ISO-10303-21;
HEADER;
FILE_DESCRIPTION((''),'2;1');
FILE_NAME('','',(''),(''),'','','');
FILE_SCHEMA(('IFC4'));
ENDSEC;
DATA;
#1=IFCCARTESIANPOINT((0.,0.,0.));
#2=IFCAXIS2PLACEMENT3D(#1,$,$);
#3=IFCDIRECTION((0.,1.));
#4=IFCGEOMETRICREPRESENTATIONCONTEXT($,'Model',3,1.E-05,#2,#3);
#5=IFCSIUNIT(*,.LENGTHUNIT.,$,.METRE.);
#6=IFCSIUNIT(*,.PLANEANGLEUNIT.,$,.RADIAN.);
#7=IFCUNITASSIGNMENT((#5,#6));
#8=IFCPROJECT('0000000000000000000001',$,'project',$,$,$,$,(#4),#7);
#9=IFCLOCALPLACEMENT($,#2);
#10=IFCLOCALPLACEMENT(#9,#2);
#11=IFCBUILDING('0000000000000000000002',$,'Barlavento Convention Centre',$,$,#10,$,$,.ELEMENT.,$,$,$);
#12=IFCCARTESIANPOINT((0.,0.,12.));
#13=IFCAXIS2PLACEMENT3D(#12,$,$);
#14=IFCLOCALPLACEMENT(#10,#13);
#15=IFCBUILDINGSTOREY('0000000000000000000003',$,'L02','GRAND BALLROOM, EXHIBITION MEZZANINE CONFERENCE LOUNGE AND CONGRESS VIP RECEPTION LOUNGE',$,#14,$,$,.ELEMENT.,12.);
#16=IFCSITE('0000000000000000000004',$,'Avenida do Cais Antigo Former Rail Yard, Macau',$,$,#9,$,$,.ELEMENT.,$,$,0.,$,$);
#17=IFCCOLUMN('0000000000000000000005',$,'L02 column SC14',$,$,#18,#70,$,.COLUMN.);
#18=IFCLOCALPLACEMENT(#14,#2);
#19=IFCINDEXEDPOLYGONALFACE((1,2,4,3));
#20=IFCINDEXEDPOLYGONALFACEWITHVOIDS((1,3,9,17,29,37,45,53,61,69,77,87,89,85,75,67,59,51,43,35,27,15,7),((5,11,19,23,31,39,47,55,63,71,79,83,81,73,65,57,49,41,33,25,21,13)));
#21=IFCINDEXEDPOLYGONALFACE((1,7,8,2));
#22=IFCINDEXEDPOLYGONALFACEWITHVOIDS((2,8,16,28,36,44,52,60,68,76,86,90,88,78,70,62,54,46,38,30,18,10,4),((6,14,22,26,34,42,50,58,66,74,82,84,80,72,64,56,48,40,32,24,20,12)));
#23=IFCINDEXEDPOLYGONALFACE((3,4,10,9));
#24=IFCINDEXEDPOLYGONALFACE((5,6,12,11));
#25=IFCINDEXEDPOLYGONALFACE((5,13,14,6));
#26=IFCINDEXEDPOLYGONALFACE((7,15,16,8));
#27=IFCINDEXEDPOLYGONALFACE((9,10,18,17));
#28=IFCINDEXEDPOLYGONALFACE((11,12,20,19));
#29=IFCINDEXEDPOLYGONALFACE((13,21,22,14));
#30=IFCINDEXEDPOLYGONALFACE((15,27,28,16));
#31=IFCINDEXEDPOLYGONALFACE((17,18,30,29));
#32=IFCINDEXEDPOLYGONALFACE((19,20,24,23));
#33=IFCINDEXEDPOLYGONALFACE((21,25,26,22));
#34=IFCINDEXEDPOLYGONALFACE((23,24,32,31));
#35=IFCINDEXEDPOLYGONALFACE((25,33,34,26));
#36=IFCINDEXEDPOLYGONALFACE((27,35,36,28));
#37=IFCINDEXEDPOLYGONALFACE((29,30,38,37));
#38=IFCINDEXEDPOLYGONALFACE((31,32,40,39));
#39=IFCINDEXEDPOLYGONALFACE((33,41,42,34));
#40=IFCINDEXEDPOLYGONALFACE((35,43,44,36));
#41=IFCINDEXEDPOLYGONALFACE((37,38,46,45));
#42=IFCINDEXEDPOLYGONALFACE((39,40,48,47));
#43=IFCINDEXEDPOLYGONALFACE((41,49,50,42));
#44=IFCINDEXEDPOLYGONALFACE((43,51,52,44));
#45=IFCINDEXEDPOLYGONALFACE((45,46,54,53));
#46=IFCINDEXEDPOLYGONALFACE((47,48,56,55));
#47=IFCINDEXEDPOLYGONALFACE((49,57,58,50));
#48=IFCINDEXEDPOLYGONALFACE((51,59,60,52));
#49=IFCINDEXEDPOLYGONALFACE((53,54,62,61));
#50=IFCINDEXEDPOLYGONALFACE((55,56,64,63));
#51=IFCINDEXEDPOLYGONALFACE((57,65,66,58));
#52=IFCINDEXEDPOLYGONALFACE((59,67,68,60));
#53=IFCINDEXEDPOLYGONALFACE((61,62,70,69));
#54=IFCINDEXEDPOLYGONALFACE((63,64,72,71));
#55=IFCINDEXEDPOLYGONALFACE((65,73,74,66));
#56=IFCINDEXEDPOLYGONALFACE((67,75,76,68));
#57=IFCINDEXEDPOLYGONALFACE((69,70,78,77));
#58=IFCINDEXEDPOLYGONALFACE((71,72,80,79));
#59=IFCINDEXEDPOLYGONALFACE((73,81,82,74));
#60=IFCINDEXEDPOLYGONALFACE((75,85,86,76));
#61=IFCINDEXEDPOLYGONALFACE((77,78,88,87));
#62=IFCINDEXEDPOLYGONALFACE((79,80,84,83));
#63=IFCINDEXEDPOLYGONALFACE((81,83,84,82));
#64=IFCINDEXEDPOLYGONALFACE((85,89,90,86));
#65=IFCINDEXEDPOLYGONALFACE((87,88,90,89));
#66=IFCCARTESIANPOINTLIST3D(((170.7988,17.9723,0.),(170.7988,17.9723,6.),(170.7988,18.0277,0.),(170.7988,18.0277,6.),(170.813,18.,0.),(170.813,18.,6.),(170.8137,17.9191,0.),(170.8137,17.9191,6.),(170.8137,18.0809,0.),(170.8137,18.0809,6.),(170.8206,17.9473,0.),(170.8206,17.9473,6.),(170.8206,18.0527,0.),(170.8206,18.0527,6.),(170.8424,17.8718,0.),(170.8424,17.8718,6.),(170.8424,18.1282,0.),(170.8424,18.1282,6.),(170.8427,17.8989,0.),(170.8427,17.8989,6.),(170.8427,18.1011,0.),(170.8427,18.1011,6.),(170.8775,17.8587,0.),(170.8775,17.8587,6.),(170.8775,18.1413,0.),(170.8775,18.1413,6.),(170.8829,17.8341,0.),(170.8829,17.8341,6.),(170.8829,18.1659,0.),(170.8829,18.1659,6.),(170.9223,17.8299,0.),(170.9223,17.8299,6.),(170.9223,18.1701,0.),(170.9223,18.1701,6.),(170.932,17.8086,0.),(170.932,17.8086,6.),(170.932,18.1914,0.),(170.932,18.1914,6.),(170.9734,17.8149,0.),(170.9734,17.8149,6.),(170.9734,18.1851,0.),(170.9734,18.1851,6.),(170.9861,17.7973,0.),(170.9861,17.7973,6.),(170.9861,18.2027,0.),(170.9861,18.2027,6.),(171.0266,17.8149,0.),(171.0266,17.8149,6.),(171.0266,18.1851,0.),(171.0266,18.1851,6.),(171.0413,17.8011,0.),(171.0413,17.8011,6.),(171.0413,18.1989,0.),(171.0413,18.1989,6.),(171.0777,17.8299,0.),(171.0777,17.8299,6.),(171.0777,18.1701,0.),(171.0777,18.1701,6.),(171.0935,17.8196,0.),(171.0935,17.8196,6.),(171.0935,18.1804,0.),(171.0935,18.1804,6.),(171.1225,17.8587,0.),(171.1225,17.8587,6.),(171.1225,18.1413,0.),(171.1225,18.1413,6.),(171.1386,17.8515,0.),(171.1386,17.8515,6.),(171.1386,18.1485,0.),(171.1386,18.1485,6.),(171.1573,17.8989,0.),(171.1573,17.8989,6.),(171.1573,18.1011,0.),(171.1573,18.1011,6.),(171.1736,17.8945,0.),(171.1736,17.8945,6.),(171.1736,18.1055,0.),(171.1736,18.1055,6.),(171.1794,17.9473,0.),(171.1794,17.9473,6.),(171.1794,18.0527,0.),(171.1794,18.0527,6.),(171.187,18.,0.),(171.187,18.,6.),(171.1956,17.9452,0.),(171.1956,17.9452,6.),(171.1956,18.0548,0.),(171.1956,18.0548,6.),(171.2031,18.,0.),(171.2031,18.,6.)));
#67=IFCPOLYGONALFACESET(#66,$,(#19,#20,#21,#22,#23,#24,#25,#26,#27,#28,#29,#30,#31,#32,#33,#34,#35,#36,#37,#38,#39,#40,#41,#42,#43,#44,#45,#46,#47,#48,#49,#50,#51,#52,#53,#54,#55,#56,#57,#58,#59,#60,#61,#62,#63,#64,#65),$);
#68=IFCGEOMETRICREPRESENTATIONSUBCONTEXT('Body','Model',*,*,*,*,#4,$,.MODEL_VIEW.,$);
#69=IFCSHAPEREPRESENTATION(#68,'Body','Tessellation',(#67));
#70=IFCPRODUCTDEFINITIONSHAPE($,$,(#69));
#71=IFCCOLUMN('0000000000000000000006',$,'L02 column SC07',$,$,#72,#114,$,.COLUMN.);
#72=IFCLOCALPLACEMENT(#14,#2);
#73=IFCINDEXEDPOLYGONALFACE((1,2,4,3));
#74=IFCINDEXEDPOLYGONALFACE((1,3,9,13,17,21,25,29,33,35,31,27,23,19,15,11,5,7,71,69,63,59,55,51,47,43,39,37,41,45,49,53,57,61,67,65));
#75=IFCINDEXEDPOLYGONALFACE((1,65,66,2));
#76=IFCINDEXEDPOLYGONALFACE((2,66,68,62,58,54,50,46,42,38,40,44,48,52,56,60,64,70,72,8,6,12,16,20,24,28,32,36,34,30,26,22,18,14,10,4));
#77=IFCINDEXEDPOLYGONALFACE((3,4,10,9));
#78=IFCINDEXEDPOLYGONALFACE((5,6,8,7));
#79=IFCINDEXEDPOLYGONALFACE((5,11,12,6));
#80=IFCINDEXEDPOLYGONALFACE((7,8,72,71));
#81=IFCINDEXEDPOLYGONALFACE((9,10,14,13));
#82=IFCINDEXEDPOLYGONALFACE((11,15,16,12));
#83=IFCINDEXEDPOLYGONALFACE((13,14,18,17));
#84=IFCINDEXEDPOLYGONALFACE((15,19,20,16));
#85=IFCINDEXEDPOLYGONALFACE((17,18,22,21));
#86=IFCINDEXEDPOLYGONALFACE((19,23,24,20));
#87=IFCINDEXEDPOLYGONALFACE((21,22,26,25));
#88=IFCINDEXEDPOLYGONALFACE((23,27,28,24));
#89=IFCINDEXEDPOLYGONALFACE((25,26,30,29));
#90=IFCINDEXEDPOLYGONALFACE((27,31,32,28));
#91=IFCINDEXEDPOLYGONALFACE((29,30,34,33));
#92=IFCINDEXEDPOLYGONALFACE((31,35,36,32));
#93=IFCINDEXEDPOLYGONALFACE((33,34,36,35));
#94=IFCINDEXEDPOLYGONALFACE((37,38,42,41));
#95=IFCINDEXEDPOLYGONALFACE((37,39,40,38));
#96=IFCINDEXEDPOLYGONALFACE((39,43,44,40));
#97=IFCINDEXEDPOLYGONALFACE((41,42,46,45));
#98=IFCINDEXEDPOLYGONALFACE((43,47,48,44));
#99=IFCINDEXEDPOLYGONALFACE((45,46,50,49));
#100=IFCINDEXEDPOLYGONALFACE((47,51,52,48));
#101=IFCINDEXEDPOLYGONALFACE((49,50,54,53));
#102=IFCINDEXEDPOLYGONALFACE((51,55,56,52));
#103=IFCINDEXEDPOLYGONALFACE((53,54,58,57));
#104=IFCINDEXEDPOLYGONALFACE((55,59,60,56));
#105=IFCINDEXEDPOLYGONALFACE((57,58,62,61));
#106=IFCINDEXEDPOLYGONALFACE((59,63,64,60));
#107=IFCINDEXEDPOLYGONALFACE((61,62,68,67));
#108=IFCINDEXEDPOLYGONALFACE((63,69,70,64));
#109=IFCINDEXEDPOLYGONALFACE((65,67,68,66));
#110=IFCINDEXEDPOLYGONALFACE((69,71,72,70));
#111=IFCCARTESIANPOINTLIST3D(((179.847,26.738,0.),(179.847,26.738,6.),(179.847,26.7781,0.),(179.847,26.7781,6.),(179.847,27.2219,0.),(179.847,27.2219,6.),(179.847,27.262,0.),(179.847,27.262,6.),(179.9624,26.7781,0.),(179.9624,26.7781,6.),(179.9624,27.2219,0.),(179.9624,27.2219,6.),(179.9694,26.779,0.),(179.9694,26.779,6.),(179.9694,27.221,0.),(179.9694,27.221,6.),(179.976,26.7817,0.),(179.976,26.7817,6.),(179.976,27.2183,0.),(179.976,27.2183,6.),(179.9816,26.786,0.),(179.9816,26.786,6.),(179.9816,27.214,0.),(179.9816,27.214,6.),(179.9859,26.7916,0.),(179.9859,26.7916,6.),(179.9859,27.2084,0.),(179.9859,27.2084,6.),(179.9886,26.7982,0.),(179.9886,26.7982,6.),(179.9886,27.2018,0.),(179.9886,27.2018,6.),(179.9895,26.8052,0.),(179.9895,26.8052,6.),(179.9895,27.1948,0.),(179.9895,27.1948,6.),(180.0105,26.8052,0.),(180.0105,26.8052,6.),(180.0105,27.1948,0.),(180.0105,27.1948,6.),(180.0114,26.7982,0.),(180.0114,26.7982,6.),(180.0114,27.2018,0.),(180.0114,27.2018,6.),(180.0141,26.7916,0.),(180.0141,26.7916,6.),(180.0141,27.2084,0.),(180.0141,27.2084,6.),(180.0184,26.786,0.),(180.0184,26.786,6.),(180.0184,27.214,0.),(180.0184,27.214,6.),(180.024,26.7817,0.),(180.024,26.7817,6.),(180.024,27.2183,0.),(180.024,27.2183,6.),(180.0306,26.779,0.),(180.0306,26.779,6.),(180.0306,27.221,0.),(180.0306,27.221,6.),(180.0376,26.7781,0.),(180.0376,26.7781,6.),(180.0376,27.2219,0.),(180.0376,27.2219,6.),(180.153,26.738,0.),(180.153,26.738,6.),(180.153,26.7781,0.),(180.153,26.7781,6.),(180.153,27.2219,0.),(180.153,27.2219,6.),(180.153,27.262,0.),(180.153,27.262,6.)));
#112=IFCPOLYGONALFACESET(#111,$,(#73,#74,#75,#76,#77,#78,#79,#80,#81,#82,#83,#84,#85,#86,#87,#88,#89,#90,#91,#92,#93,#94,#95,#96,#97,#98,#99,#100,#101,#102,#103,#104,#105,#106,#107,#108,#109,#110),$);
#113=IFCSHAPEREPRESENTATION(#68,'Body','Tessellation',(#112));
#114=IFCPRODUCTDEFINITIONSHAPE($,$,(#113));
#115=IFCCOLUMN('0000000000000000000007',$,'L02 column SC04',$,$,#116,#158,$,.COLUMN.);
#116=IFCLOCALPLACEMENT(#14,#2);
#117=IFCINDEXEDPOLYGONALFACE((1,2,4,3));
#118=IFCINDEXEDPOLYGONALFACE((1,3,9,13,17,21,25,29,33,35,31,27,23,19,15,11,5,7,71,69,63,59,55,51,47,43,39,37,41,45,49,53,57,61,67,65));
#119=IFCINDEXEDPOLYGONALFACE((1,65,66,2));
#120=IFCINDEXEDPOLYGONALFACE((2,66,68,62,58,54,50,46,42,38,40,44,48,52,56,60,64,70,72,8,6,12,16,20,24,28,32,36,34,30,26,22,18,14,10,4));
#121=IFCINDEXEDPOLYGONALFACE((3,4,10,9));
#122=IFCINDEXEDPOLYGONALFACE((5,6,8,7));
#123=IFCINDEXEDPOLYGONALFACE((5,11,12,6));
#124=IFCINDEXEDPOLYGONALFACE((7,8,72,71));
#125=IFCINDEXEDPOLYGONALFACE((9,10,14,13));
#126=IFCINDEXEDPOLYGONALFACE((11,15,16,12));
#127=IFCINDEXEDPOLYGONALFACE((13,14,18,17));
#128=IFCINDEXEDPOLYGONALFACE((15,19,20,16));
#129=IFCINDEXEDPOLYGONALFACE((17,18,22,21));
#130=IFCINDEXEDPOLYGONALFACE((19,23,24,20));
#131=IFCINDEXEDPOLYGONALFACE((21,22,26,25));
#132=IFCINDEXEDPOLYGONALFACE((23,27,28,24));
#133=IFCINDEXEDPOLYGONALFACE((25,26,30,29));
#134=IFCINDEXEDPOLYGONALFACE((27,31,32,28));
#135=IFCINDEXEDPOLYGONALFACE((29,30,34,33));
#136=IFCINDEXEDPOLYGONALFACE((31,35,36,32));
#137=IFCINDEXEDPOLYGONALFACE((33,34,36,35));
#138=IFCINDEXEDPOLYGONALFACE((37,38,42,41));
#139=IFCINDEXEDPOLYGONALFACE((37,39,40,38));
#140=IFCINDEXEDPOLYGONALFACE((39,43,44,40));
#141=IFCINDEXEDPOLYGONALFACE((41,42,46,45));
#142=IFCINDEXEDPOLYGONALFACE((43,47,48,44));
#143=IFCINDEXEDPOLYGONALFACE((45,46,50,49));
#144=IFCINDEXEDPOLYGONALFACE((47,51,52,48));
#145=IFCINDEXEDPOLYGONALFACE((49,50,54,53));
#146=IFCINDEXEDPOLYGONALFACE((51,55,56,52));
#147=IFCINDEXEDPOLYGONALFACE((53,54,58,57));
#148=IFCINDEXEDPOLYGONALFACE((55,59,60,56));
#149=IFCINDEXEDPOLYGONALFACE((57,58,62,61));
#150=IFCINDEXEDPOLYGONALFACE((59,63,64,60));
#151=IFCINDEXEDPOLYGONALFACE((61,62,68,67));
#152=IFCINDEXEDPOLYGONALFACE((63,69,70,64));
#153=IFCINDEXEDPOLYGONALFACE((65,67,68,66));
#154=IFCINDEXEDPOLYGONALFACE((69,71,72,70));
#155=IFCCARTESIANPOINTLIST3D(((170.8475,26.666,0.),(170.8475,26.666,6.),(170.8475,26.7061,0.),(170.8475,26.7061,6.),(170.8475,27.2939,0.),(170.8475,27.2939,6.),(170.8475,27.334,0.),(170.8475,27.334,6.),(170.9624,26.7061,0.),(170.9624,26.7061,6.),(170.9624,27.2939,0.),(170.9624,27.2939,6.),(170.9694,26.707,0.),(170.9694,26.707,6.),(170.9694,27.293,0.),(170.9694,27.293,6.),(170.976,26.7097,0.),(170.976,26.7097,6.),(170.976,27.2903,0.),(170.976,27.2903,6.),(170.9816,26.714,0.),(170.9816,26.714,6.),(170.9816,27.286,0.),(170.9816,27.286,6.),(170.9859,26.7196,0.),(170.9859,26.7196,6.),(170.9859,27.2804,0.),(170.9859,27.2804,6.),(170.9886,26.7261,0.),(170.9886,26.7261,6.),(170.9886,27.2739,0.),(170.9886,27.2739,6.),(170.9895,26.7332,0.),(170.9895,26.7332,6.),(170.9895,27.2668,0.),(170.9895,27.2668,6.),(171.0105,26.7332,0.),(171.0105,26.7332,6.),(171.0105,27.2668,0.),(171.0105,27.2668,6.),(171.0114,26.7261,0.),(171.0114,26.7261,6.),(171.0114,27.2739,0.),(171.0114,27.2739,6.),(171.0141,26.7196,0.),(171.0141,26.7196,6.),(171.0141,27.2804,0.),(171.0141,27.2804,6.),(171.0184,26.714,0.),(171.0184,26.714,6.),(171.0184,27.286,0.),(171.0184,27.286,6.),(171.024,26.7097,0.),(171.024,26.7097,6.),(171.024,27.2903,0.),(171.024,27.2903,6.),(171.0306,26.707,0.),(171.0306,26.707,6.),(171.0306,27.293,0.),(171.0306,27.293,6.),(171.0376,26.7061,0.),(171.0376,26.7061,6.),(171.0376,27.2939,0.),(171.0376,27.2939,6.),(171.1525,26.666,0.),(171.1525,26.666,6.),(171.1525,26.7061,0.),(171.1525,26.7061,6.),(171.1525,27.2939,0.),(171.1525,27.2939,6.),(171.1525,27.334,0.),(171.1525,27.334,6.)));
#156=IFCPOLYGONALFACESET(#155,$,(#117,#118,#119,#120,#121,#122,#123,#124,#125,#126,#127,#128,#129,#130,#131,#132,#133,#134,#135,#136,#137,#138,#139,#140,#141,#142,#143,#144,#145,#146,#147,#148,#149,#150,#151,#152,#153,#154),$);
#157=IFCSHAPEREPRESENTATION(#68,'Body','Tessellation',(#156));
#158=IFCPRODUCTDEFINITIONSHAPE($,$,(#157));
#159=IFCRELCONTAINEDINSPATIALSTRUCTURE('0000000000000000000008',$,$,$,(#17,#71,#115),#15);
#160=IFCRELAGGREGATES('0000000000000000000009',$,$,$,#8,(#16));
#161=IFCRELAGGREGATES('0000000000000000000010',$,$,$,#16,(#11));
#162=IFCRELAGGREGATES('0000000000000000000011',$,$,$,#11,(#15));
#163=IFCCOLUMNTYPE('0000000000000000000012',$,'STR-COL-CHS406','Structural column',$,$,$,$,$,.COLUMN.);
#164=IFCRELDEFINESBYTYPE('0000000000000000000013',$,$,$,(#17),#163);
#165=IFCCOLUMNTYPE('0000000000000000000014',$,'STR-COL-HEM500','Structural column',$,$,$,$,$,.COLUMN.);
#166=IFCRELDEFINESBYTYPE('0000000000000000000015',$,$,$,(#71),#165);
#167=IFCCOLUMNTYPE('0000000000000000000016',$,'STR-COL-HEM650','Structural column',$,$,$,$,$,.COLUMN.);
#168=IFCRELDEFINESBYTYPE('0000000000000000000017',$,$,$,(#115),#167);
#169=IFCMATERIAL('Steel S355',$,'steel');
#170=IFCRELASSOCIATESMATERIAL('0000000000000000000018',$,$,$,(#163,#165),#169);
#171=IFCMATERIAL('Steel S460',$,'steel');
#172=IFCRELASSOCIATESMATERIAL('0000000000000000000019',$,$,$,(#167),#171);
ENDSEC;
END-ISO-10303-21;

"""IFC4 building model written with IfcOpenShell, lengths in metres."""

from ifc_helpers import new_model, si_unit, direction, frame, origin, origin_2d, place, context, subcontext, project, spatial, hollow_circle, i_section, extrude, material, material_profile, profile_set, type_object, element, save


model = new_model("IFC4")

# Units and contexts
model_context = context("Model", 3, precision=1e-05, world=origin(), true_north=direction((0.0, 1.0)))
body_context = subcontext(model_context, "Body", "Model", "MODEL_VIEW")
ifc_project = project(units=[si_unit("LENGTHUNIT", "METRE"), si_unit("PLANEANGLEUNIT", "RADIAN")], contexts=[model_context])

# Site, building, storey
site_placement = place(None, origin())
site = spatial("IfcSite", under=ifc_project, at=site_placement, Name="Avenida do Cais Antigo Former Rail Yard, Macau", CompositionType="ELEMENT", RefElevation=0.0)
building_placement = place(site_placement, origin())
building = spatial("IfcBuilding", under=site, at=building_placement, Name="Barlavento Convention Centre", CompositionType="ELEMENT")
storey_placement = place(building_placement, frame((0.0, 0.0, 12.0)))
storey = spatial("IfcBuildingStorey", under=building, at=storey_placement, Name="L02", Description="GRAND BALLROOM, EXHIBITION MEZZANINE CONFERENCE LOUNGE AND CONGRESS VIP RECEPTION LOUNGE", CompositionType="ELEMENT", Elevation=12.0)

# Columns
ifc_material_1 = material(Name="Steel S355", Category="steel")
ifc_material_profile_1 = material_profile(ifc_material_1, hollow_circle(Radius=0.2031, WallThickness=0.0161, at=origin_2d()), Name="CHS 406.4x16.0")
ifc_profile_set_1 = profile_set([ifc_material_profile_1], Name="Steel S355")
column_type_1 = type_object("IfcColumnType", Name="STR-COL-CHS406", Description="Structural column", PredefinedType="COLUMN", material=ifc_profile_set_1)
column_1_placement = place(storey_placement, frame((171.0, 18.0, 0.0), z_axis=(0.0, 0.0, 1.0), x_axis=(1.0, 0.0, 0.0)))
element("IfcColumn", 1, at=column_1_placement, inside=storey, type_object=column_type_1, Name="L02 column SC14", PredefinedType="COLUMN", context=body_context, shape_type="SweptSolid", body=[
    extrude(hollow_circle(Radius=0.2031, WallThickness=0.0161, at=origin_2d()), origin(), (0.0, 0.0, 1.0), 6.0),
])
ifc_material_profile_2 = material_profile(ifc_material_1, i_section(OverallWidth=0.3059, OverallDepth=0.5239, WebThickness=0.021, FlangeThickness=0.04, FilletRadius=0.0271, at=origin_2d()), Name="HEM 500")
ifc_profile_set_2 = profile_set([ifc_material_profile_2], Name="Steel S355")
column_type_2 = type_object("IfcColumnType", Name="STR-COL-HEM500", Description="Structural column", PredefinedType="COLUMN", material=ifc_profile_set_2)
column_2_placement = place(storey_placement, frame((180.0, 27.0, 0.0), z_axis=(0.0, 0.0, 1.0), x_axis=(1.0, 0.0, 0.0)))
element("IfcColumn", 2, at=column_2_placement, inside=storey, type_object=column_type_2, Name="L02 column SC07", PredefinedType="COLUMN", context=body_context, shape_type="SweptSolid", body=[
    extrude(i_section(OverallWidth=0.3059, OverallDepth=0.5239, WebThickness=0.021, FlangeThickness=0.04, FilletRadius=0.0271, at=origin_2d()), origin(), (0.0, 0.0, 1.0), 6.0),
])
ifc_material_2 = material(Name="Steel S460", Category="steel")
ifc_material_profile_3 = material_profile(ifc_material_2, i_section(OverallWidth=0.3049, OverallDepth=0.668, WebThickness=0.021, FlangeThickness=0.04, FilletRadius=0.0271, at=origin_2d()), Name="HEM 650")
ifc_profile_set_3 = profile_set([ifc_material_profile_3], Name="Steel S460")
column_type_3 = type_object("IfcColumnType", Name="STR-COL-HEM650", Description="Structural column", PredefinedType="COLUMN", material=ifc_profile_set_3)
for number, where, z_axis, x_axis, name in (
    (3, (171.0, 27.0, 0.0), (0.0, 0.0, 1.0), (1.0, 0.0, 0.0), "L02 column SC04"),
):
    element("IfcColumn", number, at=place(storey_placement, frame(where, z_axis=z_axis, x_axis=x_axis)), inside=storey, type_object=column_type_3, Name=name, PredefinedType="COLUMN", context=body_context, shape_type="SweptSolid", body=[
        extrude(i_section(OverallWidth=0.3049, OverallDepth=0.668, WebThickness=0.021, FlangeThickness=0.04, FilletRadius=0.0271, at=origin_2d()), origin(), (0.0, 0.0, 1.0), 6.0),
    ])

save(model, "model.ifc")
